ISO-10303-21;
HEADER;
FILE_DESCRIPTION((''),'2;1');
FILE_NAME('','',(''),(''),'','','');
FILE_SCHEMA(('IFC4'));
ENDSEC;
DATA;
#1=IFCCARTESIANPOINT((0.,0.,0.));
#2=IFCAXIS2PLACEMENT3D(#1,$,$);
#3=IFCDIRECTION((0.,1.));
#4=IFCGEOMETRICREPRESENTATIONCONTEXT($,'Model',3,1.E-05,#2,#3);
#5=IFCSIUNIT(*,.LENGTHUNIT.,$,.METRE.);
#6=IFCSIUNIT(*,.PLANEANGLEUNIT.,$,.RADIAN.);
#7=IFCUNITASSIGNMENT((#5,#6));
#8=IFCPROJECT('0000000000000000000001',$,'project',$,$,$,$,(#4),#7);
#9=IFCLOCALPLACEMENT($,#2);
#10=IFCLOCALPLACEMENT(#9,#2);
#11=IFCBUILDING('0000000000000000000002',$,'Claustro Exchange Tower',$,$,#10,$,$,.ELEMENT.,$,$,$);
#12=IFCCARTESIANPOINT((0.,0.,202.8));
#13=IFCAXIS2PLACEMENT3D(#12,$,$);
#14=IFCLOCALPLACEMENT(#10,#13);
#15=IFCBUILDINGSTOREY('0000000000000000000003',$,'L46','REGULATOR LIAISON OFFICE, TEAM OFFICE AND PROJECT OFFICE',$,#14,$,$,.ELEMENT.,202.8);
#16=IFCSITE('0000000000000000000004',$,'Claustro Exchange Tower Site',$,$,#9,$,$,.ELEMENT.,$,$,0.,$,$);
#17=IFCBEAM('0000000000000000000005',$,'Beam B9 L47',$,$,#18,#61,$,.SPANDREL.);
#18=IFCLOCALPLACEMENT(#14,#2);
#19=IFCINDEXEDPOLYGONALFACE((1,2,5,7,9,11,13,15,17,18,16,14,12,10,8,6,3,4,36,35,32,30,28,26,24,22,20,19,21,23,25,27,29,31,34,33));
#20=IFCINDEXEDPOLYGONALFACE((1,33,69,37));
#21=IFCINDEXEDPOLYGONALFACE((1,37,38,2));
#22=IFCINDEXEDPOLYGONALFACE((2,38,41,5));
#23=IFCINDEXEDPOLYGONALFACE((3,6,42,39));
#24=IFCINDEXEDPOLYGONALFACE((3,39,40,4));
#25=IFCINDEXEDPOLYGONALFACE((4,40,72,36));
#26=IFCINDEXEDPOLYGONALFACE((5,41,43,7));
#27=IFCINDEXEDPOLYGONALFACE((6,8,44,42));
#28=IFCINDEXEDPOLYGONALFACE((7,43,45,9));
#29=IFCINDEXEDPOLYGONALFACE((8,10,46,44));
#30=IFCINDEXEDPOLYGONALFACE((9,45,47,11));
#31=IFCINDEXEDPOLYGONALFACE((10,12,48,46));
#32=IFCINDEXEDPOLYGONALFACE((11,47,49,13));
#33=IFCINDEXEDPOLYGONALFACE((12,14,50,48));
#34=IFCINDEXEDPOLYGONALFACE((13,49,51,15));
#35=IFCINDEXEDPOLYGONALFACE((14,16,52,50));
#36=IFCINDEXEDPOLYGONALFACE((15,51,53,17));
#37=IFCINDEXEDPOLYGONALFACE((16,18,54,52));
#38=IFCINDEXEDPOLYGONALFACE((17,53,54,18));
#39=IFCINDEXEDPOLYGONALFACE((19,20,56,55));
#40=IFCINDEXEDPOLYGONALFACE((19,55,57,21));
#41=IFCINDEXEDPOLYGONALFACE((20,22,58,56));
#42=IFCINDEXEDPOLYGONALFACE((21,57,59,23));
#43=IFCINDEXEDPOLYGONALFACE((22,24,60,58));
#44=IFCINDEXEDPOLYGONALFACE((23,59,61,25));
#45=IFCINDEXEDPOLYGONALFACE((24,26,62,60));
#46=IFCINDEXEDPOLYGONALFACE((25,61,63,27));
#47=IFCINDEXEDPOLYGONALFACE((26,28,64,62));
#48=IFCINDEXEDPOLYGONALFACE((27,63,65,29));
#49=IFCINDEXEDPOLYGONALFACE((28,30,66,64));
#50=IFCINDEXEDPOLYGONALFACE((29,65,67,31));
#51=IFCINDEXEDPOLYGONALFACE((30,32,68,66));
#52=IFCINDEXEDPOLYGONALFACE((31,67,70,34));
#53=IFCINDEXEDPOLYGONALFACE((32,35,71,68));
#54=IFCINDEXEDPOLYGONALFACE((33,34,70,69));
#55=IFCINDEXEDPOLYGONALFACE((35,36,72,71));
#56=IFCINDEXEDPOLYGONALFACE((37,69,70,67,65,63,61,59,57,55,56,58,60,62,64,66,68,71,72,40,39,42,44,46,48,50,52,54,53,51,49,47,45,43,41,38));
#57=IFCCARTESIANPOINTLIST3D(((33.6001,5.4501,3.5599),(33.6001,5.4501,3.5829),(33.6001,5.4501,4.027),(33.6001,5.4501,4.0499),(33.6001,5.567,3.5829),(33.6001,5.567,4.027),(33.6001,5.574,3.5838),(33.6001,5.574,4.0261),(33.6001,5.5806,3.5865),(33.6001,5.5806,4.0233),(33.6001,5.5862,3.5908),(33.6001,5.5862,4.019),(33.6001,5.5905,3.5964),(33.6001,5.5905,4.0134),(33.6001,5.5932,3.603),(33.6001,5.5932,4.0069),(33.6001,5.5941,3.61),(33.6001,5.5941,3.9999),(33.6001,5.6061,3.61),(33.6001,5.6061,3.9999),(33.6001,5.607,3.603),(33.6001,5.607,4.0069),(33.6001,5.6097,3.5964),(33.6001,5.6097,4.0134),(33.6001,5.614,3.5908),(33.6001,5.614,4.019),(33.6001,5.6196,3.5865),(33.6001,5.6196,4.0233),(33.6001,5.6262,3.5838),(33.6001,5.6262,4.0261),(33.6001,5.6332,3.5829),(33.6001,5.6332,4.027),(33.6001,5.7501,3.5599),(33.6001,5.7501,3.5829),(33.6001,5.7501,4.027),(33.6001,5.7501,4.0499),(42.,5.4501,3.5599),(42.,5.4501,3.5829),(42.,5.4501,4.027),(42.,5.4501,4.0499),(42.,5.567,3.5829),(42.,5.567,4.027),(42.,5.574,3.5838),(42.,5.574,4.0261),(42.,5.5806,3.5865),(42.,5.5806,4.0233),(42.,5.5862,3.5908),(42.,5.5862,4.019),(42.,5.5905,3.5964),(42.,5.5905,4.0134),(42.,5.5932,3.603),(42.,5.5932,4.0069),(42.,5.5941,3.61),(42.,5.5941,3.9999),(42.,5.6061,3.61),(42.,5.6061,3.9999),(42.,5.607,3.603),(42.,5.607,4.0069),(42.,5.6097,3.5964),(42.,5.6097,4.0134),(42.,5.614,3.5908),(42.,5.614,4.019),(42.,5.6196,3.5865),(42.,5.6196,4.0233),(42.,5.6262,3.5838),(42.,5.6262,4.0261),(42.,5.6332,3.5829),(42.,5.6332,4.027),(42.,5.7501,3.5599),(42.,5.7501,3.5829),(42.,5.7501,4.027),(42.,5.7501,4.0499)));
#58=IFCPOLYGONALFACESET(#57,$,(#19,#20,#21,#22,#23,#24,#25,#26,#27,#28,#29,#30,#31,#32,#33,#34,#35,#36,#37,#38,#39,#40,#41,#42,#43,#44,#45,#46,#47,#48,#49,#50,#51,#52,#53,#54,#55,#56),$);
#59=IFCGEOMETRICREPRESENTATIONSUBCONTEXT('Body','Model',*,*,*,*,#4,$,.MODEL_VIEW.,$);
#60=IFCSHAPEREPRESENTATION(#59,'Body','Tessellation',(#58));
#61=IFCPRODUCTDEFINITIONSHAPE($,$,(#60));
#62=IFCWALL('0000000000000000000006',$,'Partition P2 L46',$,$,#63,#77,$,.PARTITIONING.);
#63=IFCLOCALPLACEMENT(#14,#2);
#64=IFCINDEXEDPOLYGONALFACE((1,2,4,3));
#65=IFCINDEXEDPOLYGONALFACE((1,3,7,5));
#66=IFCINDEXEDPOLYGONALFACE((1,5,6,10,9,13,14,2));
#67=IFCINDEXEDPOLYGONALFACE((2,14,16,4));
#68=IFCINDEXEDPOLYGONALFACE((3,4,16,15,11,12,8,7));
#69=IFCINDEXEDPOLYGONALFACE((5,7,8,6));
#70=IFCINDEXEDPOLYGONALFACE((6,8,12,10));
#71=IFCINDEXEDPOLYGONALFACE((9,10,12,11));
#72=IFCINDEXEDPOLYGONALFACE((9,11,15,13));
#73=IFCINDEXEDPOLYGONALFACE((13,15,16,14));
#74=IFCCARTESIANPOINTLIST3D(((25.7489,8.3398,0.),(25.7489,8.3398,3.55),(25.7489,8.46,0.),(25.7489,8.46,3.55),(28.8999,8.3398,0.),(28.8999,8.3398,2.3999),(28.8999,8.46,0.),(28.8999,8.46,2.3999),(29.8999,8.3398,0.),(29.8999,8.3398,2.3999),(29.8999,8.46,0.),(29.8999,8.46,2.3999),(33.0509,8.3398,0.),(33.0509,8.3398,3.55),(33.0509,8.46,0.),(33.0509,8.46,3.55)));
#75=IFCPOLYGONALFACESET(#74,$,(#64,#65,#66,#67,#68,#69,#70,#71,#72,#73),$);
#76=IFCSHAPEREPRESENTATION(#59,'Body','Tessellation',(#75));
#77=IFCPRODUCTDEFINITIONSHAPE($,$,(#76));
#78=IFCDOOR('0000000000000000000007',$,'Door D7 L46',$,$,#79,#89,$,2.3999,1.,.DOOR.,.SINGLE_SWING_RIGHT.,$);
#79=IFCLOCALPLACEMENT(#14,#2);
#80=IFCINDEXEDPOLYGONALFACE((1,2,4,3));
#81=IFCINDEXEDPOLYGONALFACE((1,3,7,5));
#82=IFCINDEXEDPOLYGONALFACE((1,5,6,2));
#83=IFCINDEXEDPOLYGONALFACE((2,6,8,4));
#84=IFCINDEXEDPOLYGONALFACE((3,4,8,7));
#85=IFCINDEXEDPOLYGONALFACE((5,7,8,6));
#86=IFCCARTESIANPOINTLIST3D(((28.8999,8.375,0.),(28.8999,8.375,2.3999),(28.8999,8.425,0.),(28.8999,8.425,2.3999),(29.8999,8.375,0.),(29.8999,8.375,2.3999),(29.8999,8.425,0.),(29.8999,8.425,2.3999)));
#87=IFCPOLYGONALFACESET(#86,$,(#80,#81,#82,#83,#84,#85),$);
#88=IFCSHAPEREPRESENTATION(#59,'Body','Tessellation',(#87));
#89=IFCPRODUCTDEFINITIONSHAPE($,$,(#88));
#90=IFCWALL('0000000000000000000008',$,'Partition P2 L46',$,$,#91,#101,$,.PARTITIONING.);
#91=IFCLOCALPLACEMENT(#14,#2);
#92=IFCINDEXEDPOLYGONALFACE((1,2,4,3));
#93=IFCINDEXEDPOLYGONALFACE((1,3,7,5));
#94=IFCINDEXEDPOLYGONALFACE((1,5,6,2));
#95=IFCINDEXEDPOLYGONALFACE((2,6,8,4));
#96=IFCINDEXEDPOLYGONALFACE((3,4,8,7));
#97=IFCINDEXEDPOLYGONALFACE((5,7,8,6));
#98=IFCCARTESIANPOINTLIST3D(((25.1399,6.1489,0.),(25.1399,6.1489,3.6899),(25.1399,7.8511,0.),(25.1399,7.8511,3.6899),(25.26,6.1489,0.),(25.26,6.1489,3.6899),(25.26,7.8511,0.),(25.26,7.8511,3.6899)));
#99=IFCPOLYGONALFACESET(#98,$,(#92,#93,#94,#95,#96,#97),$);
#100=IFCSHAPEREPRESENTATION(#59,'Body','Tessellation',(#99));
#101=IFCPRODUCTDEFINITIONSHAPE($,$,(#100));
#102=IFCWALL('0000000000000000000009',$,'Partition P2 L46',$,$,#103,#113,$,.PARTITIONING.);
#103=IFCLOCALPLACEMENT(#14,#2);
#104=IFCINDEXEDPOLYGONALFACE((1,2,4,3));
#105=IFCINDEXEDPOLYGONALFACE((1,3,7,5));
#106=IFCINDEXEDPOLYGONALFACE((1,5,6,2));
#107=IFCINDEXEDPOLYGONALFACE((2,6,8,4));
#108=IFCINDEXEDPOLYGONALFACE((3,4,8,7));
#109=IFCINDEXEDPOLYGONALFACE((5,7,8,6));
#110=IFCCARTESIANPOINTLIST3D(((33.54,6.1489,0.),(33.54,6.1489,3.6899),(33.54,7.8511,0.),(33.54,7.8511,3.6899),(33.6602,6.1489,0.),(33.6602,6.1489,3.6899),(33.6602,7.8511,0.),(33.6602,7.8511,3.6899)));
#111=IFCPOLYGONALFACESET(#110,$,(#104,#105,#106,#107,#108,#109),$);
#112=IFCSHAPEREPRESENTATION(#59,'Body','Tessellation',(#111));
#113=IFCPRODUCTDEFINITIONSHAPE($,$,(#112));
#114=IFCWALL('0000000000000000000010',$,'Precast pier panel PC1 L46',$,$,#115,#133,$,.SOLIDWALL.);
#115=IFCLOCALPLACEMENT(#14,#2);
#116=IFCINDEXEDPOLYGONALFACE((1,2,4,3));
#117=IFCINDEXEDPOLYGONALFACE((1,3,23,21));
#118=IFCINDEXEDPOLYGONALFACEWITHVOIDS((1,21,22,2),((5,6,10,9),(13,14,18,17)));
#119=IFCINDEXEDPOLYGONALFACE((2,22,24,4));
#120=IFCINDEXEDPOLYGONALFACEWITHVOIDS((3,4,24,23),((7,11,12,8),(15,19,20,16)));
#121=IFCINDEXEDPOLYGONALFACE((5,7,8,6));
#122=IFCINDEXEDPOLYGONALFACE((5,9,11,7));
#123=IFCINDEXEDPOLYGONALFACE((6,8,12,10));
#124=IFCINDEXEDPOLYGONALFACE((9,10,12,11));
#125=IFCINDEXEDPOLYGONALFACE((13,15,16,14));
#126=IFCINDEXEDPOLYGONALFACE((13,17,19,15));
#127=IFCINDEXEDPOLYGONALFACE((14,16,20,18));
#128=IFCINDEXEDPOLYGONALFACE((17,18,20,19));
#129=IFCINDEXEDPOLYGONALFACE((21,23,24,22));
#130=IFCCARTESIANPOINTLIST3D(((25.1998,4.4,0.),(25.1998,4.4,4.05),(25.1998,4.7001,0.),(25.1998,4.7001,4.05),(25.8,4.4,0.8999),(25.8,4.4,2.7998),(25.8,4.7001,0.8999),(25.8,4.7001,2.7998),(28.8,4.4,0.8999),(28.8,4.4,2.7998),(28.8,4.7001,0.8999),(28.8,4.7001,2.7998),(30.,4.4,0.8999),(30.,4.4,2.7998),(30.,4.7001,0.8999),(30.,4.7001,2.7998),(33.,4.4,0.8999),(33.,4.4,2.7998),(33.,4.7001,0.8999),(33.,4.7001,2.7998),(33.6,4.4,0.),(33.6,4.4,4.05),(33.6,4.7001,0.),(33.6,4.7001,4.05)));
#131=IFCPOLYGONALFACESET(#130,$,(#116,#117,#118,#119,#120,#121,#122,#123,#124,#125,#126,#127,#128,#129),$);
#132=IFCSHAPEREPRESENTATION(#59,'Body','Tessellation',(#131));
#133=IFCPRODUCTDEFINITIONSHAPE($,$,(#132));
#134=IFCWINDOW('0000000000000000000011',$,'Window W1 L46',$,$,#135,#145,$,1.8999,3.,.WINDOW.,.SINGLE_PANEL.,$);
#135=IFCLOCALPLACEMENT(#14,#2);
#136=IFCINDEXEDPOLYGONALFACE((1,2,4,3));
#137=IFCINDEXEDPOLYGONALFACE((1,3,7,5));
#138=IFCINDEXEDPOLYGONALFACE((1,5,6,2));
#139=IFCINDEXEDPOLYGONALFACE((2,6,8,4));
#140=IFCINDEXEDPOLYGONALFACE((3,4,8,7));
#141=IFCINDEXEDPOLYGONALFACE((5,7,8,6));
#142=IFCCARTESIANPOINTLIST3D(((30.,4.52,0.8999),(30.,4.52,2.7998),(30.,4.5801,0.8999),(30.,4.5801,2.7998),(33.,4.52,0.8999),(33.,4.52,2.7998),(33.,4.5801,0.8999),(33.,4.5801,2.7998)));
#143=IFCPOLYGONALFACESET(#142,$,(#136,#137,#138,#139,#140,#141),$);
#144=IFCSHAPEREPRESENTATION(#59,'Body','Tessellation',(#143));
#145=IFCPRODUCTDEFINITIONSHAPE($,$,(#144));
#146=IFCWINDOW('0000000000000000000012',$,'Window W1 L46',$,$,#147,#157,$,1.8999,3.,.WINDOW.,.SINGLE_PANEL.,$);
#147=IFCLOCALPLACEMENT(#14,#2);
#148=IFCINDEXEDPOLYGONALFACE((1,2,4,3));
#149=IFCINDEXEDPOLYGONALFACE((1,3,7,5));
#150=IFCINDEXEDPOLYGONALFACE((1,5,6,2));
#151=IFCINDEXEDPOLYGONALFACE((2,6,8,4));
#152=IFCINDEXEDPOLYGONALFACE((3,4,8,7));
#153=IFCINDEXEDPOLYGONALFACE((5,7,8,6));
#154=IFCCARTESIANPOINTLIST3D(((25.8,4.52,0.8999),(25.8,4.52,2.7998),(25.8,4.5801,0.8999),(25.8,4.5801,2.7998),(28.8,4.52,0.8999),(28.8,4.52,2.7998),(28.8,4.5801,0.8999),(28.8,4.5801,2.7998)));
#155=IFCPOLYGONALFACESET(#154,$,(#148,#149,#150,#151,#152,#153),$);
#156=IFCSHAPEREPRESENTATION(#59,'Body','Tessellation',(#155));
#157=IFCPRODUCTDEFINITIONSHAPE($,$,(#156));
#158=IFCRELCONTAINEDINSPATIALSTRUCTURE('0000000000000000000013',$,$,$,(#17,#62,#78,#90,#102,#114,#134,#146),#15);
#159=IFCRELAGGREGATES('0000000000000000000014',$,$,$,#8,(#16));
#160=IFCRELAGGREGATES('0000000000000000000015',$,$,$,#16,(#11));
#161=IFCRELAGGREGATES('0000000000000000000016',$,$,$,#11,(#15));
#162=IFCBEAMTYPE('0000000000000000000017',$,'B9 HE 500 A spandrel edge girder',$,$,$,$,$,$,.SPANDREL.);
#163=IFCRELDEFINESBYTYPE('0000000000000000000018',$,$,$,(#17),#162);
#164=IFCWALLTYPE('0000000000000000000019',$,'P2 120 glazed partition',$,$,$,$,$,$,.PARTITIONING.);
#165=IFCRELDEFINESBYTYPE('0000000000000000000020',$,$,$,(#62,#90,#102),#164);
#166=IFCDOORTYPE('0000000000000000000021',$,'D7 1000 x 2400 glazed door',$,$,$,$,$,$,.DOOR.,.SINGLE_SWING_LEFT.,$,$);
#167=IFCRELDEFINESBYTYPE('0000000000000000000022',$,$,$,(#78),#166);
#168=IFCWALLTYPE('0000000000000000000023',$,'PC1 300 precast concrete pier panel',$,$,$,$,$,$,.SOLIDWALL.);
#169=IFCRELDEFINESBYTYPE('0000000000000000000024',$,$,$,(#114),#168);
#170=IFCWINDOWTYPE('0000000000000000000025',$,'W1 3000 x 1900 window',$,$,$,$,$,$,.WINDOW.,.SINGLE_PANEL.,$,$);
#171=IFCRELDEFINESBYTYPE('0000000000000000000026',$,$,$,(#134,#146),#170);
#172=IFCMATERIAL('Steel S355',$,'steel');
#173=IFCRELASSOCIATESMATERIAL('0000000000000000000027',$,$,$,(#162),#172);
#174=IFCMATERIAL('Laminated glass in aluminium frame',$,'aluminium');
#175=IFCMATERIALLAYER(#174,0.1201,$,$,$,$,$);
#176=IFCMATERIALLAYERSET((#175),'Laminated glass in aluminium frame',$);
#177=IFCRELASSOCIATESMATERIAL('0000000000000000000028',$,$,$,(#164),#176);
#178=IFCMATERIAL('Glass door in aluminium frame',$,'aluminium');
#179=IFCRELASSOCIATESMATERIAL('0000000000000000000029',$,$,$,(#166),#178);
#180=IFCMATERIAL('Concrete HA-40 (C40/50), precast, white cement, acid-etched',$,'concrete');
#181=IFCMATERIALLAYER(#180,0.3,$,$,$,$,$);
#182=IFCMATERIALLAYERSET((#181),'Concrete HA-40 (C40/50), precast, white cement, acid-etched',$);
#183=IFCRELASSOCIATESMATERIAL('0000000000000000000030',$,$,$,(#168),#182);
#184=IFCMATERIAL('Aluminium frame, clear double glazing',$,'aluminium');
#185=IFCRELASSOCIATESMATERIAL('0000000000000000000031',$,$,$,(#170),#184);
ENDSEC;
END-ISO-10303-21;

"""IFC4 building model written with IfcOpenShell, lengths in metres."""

from ifc_helpers import new_model, si_unit, direction, frame, frame_2d, origin, origin_2d, place, context, subcontext, project, spatial, rectangle, i_section, extrude, material, layer, layer_set, material_profile, profile_set, type_object, element, fill, save


model = new_model("IFC4")

# Units and contexts
model_context = context("Model", 3, precision=1e-05, world=origin(), true_north=direction((0.0, 1.0)))
body_context = subcontext(model_context, "Body", "Model", "MODEL_VIEW")
ifc_project = project(units=[si_unit("LENGTHUNIT", "METRE"), si_unit("PLANEANGLEUNIT", "RADIAN")], contexts=[model_context])

# Site, building, storey
site_placement = place(None, origin())
site = spatial("IfcSite", under=ifc_project, at=site_placement, Name="Claustro Exchange Tower Site", CompositionType="ELEMENT", RefElevation=0.0)
building_placement = place(site_placement, origin())
building = spatial("IfcBuilding", under=site, at=building_placement, Name="Claustro Exchange Tower", CompositionType="ELEMENT")
storey_placement = place(building_placement, frame((0.0, 0.0, 202.8)))
storey = spatial("IfcBuildingStorey", under=building, at=storey_placement, Name="L46", Description="REGULATOR LIAISON OFFICE, TEAM OFFICE AND PROJECT OFFICE", CompositionType="ELEMENT", Elevation=202.8)

# Beam
ifc_material_1 = material(Name="Steel S355", Category="steel")
ifc_material_profile_1 = material_profile(ifc_material_1, i_section(OverallWidth=0.3, OverallDepth=0.49, WebThickness=0.012, FlangeThickness=0.0229, FilletRadius=0.0271, at=origin_2d()), Name="HE 500 A")
ifc_profile_set_1 = profile_set([ifc_material_profile_1], Name="Steel S355")
beam_type_1 = type_object("IfcBeamType", Name="B9 HE 500 A spandrel edge girder", PredefinedType="SPANDREL", material=ifc_profile_set_1)
beam_1_placement = place(storey_placement, frame((33.6001, 5.6001, 3.8049), z_axis=(1.0, 0.0, 0.0), x_axis=(0.0, 1.0, 0.0)))
element("IfcBeam", 1, at=beam_1_placement, inside=storey, type_object=beam_type_1, Name="Beam B9 L47", PredefinedType="SPANDREL", context=body_context, shape_type="SweptSolid", body=[
    extrude(i_section(OverallWidth=0.3, OverallDepth=0.49, WebThickness=0.012, FlangeThickness=0.0229, FilletRadius=0.0271, at=origin_2d()), origin(), (0.0, 0.0, 1.0), 8.3999),
])

# Wall, opening, door
ifc_material_2 = material(Name="Laminated glass in aluminium frame", Category="aluminium")
ifc_layer_1 = layer(ifc_material_2, 0.1201)
ifc_layer_set_1 = layer_set([ifc_layer_1], Name="Laminated glass in aluminium frame")
wall_type_1 = type_object("IfcWallType", Name="P2 120 glazed partition", PredefinedType="PARTITIONING", material=ifc_layer_set_1)
wall_1_placement = place(storey_placement, frame((25.749, 8.3999, 0.0), z_axis=(0.0, 0.0, 1.0), x_axis=(1.0, 0.0, 0.0)))
wall_1 = element("IfcWall", 2, at=wall_1_placement, inside=storey, type_object=wall_type_1, Name="Partition P2 L46", PredefinedType="PARTITIONING", context=body_context, shape_type="SweptSolid", body=[
    extrude(rectangle(XDim=7.302, YDim=0.1201, at=frame_2d((3.6509, 0.0))), origin(), (0.0, 0.0, 1.0), 3.55),
])
opening_1_placement = place(wall_1_placement, frame((3.1509, 0.0, 0.0)))
opening_1 = element("IfcOpeningElement", 3, at=opening_1_placement, cuts=wall_1, PredefinedType="OPENING", context=body_context, shape_type="SweptSolid", body=[
    extrude(rectangle(XDim=1.0, YDim=2.3999, at=frame_2d((0.5, 1.2))), frame((0.0, 0.0701, 0.0), z_axis=(0.0, -1.0, 0.0), x_axis=(1.0, 0.0, 0.0)), (0.0, 0.0, 1.0), 0.1401),
])
ifc_material_3 = material(Name="Glass door in aluminium frame", Category="aluminium")
door_type = type_object("IfcDoorType", Name="D7 1000 x 2400 glazed door", OperationType="SINGLE_SWING_LEFT", PredefinedType="DOOR", material=ifc_material_3)
door_placement = place(opening_1_placement, frame((1.0, 0.0, 0.0), z_axis=(0.0, 0.0, 1.0), x_axis=(-1.0, 0.0, 0.0)))
door = element("IfcDoor", 4, at=door_placement, inside=storey, type_object=door_type, Name="Door D7 L46", OperationType="SINGLE_SWING_RIGHT", OverallHeight=2.3999, OverallWidth=1.0, PredefinedType="DOOR", context=body_context, shape_type="SweptSolid", body=[
    extrude(rectangle(XDim=1.0, YDim=2.3999, at=frame_2d((0.5, 1.2))), frame((0.0, 0.0249, 0.0), z_axis=(0.0, -1.0, 0.0), x_axis=(1.0, 0.0, 0.0)), (0.0, 0.0, 1.0), 0.05),
])
fill(opening_1, door)

# Walls
for number, where, z_axis, x_axis, name in (
    (5, (25.2, 6.1489, 0.0), (0.0, 0.0, 1.0), (0.0, 1.0, 0.0), "Partition P2 L46"),
    (6, (33.6001, 6.1489, 0.0), (0.0, 0.0, 1.0), (0.0, 1.0, 0.0), "Partition P2 L46"),
):
    element("IfcWall", number, at=place(storey_placement, frame(where, z_axis=z_axis, x_axis=x_axis)), inside=storey, type_object=wall_type_1, Name=name, PredefinedType="PARTITIONING", context=body_context, shape_type="SweptSolid", body=[
        extrude(rectangle(XDim=1.7021, YDim=0.1201, at=frame_2d((0.8511, 0.0))), origin(), (0.0, 0.0, 1.0), 3.6899),
    ])

# Wall, openings, windows
ifc_material_4 = material(Name="Concrete HA-40 (C40/50), precast, white cement, acid-etched", Category="concrete")
ifc_layer_2 = layer(ifc_material_4, 0.3)
ifc_layer_set_2 = layer_set([ifc_layer_2], Name="Concrete HA-40 (C40/50), precast, white cement, acid-etched")
wall_type_2 = type_object("IfcWallType", Name="PC1 300 precast concrete pier panel", PredefinedType="SOLIDWALL", material=ifc_layer_set_2)
wall_2_placement = place(storey_placement, frame((33.6001, 4.55, 0.0), z_axis=(0.0, 0.0, 1.0), x_axis=(-1.0, 0.0, 0.0)))
wall_2 = element("IfcWall", 7, at=wall_2_placement, inside=storey, type_object=wall_type_2, Name="Precast pier panel PC1 L46", PredefinedType="SOLIDWALL", context=body_context, shape_type="SweptSolid", body=[
    extrude(rectangle(XDim=8.4001, YDim=0.3, at=frame_2d((4.2002, 0.0))), origin(), (0.0, 0.0, 1.0), 4.05),
])
opening_2_placement = place(wall_2_placement, frame((0.6001, 0.0, 0.8999)))
opening_2 = element("IfcOpeningElement", 8, at=opening_2_placement, cuts=wall_2, PredefinedType="OPENING", context=body_context, shape_type="SweptSolid", body=[
    extrude(rectangle(XDim=3.0, YDim=1.8999, at=frame_2d((1.5, 0.95))), frame((0.0, 0.1599, 0.0), z_axis=(0.0, -1.0, 0.0), x_axis=(1.0, 0.0, 0.0)), (0.0, 0.0, 1.0), 0.3201),
])
opening_3_placement = place(wall_2_placement, frame((4.8, 0.0, 0.8999)))
opening_3 = element("IfcOpeningElement", 9, at=opening_3_placement, cuts=wall_2, PredefinedType="OPENING", context=body_context, shape_type="SweptSolid", body=[
    extrude(rectangle(XDim=3.0, YDim=1.8999, at=frame_2d((1.5, 0.95))), frame((0.0, 0.1599, 0.0), z_axis=(0.0, -1.0, 0.0), x_axis=(1.0, 0.0, 0.0)), (0.0, 0.0, 1.0), 0.3201),
])
ifc_material_5 = material(Name="Aluminium frame, clear double glazing", Category="aluminium")
window_type = type_object("IfcWindowType", Name="W1 3000 x 1900 window", PartitioningType="SINGLE_PANEL", PredefinedType="WINDOW", material=ifc_material_5)
window_1_placement = place(opening_2_placement, origin())
window_1 = element("IfcWindow", 10, at=window_1_placement, inside=storey, type_object=window_type, Name="Window W1 L46", OverallHeight=1.8999, OverallWidth=3.0, PartitioningType="SINGLE_PANEL", PredefinedType="WINDOW", context=body_context, shape_type="SweptSolid", body=[
    extrude(rectangle(XDim=3.0, YDim=1.8999, at=frame_2d((1.5, 0.95))), frame((0.0, 0.03, 0.0), z_axis=(0.0, -1.0, 0.0), x_axis=(1.0, 0.0, 0.0)), (0.0, 0.0, 1.0), 0.0601),
])
fill(opening_2, window_1)
window_2_placement = place(opening_3_placement, origin())
window_2 = element("IfcWindow", 11, at=window_2_placement, inside=storey, type_object=window_type, Name="Window W1 L46", OverallHeight=1.8999, OverallWidth=3.0, PartitioningType="SINGLE_PANEL", PredefinedType="WINDOW", context=body_context, shape_type="SweptSolid", body=[
    extrude(rectangle(XDim=3.0, YDim=1.8999, at=frame_2d((1.5, 0.95))), frame((0.0, 0.03, 0.0), z_axis=(0.0, -1.0, 0.0), x_axis=(1.0, 0.0, 0.0)), (0.0, 0.0, 1.0), 0.0601),
])
fill(opening_3, window_2)

save(model, "model.ifc")
